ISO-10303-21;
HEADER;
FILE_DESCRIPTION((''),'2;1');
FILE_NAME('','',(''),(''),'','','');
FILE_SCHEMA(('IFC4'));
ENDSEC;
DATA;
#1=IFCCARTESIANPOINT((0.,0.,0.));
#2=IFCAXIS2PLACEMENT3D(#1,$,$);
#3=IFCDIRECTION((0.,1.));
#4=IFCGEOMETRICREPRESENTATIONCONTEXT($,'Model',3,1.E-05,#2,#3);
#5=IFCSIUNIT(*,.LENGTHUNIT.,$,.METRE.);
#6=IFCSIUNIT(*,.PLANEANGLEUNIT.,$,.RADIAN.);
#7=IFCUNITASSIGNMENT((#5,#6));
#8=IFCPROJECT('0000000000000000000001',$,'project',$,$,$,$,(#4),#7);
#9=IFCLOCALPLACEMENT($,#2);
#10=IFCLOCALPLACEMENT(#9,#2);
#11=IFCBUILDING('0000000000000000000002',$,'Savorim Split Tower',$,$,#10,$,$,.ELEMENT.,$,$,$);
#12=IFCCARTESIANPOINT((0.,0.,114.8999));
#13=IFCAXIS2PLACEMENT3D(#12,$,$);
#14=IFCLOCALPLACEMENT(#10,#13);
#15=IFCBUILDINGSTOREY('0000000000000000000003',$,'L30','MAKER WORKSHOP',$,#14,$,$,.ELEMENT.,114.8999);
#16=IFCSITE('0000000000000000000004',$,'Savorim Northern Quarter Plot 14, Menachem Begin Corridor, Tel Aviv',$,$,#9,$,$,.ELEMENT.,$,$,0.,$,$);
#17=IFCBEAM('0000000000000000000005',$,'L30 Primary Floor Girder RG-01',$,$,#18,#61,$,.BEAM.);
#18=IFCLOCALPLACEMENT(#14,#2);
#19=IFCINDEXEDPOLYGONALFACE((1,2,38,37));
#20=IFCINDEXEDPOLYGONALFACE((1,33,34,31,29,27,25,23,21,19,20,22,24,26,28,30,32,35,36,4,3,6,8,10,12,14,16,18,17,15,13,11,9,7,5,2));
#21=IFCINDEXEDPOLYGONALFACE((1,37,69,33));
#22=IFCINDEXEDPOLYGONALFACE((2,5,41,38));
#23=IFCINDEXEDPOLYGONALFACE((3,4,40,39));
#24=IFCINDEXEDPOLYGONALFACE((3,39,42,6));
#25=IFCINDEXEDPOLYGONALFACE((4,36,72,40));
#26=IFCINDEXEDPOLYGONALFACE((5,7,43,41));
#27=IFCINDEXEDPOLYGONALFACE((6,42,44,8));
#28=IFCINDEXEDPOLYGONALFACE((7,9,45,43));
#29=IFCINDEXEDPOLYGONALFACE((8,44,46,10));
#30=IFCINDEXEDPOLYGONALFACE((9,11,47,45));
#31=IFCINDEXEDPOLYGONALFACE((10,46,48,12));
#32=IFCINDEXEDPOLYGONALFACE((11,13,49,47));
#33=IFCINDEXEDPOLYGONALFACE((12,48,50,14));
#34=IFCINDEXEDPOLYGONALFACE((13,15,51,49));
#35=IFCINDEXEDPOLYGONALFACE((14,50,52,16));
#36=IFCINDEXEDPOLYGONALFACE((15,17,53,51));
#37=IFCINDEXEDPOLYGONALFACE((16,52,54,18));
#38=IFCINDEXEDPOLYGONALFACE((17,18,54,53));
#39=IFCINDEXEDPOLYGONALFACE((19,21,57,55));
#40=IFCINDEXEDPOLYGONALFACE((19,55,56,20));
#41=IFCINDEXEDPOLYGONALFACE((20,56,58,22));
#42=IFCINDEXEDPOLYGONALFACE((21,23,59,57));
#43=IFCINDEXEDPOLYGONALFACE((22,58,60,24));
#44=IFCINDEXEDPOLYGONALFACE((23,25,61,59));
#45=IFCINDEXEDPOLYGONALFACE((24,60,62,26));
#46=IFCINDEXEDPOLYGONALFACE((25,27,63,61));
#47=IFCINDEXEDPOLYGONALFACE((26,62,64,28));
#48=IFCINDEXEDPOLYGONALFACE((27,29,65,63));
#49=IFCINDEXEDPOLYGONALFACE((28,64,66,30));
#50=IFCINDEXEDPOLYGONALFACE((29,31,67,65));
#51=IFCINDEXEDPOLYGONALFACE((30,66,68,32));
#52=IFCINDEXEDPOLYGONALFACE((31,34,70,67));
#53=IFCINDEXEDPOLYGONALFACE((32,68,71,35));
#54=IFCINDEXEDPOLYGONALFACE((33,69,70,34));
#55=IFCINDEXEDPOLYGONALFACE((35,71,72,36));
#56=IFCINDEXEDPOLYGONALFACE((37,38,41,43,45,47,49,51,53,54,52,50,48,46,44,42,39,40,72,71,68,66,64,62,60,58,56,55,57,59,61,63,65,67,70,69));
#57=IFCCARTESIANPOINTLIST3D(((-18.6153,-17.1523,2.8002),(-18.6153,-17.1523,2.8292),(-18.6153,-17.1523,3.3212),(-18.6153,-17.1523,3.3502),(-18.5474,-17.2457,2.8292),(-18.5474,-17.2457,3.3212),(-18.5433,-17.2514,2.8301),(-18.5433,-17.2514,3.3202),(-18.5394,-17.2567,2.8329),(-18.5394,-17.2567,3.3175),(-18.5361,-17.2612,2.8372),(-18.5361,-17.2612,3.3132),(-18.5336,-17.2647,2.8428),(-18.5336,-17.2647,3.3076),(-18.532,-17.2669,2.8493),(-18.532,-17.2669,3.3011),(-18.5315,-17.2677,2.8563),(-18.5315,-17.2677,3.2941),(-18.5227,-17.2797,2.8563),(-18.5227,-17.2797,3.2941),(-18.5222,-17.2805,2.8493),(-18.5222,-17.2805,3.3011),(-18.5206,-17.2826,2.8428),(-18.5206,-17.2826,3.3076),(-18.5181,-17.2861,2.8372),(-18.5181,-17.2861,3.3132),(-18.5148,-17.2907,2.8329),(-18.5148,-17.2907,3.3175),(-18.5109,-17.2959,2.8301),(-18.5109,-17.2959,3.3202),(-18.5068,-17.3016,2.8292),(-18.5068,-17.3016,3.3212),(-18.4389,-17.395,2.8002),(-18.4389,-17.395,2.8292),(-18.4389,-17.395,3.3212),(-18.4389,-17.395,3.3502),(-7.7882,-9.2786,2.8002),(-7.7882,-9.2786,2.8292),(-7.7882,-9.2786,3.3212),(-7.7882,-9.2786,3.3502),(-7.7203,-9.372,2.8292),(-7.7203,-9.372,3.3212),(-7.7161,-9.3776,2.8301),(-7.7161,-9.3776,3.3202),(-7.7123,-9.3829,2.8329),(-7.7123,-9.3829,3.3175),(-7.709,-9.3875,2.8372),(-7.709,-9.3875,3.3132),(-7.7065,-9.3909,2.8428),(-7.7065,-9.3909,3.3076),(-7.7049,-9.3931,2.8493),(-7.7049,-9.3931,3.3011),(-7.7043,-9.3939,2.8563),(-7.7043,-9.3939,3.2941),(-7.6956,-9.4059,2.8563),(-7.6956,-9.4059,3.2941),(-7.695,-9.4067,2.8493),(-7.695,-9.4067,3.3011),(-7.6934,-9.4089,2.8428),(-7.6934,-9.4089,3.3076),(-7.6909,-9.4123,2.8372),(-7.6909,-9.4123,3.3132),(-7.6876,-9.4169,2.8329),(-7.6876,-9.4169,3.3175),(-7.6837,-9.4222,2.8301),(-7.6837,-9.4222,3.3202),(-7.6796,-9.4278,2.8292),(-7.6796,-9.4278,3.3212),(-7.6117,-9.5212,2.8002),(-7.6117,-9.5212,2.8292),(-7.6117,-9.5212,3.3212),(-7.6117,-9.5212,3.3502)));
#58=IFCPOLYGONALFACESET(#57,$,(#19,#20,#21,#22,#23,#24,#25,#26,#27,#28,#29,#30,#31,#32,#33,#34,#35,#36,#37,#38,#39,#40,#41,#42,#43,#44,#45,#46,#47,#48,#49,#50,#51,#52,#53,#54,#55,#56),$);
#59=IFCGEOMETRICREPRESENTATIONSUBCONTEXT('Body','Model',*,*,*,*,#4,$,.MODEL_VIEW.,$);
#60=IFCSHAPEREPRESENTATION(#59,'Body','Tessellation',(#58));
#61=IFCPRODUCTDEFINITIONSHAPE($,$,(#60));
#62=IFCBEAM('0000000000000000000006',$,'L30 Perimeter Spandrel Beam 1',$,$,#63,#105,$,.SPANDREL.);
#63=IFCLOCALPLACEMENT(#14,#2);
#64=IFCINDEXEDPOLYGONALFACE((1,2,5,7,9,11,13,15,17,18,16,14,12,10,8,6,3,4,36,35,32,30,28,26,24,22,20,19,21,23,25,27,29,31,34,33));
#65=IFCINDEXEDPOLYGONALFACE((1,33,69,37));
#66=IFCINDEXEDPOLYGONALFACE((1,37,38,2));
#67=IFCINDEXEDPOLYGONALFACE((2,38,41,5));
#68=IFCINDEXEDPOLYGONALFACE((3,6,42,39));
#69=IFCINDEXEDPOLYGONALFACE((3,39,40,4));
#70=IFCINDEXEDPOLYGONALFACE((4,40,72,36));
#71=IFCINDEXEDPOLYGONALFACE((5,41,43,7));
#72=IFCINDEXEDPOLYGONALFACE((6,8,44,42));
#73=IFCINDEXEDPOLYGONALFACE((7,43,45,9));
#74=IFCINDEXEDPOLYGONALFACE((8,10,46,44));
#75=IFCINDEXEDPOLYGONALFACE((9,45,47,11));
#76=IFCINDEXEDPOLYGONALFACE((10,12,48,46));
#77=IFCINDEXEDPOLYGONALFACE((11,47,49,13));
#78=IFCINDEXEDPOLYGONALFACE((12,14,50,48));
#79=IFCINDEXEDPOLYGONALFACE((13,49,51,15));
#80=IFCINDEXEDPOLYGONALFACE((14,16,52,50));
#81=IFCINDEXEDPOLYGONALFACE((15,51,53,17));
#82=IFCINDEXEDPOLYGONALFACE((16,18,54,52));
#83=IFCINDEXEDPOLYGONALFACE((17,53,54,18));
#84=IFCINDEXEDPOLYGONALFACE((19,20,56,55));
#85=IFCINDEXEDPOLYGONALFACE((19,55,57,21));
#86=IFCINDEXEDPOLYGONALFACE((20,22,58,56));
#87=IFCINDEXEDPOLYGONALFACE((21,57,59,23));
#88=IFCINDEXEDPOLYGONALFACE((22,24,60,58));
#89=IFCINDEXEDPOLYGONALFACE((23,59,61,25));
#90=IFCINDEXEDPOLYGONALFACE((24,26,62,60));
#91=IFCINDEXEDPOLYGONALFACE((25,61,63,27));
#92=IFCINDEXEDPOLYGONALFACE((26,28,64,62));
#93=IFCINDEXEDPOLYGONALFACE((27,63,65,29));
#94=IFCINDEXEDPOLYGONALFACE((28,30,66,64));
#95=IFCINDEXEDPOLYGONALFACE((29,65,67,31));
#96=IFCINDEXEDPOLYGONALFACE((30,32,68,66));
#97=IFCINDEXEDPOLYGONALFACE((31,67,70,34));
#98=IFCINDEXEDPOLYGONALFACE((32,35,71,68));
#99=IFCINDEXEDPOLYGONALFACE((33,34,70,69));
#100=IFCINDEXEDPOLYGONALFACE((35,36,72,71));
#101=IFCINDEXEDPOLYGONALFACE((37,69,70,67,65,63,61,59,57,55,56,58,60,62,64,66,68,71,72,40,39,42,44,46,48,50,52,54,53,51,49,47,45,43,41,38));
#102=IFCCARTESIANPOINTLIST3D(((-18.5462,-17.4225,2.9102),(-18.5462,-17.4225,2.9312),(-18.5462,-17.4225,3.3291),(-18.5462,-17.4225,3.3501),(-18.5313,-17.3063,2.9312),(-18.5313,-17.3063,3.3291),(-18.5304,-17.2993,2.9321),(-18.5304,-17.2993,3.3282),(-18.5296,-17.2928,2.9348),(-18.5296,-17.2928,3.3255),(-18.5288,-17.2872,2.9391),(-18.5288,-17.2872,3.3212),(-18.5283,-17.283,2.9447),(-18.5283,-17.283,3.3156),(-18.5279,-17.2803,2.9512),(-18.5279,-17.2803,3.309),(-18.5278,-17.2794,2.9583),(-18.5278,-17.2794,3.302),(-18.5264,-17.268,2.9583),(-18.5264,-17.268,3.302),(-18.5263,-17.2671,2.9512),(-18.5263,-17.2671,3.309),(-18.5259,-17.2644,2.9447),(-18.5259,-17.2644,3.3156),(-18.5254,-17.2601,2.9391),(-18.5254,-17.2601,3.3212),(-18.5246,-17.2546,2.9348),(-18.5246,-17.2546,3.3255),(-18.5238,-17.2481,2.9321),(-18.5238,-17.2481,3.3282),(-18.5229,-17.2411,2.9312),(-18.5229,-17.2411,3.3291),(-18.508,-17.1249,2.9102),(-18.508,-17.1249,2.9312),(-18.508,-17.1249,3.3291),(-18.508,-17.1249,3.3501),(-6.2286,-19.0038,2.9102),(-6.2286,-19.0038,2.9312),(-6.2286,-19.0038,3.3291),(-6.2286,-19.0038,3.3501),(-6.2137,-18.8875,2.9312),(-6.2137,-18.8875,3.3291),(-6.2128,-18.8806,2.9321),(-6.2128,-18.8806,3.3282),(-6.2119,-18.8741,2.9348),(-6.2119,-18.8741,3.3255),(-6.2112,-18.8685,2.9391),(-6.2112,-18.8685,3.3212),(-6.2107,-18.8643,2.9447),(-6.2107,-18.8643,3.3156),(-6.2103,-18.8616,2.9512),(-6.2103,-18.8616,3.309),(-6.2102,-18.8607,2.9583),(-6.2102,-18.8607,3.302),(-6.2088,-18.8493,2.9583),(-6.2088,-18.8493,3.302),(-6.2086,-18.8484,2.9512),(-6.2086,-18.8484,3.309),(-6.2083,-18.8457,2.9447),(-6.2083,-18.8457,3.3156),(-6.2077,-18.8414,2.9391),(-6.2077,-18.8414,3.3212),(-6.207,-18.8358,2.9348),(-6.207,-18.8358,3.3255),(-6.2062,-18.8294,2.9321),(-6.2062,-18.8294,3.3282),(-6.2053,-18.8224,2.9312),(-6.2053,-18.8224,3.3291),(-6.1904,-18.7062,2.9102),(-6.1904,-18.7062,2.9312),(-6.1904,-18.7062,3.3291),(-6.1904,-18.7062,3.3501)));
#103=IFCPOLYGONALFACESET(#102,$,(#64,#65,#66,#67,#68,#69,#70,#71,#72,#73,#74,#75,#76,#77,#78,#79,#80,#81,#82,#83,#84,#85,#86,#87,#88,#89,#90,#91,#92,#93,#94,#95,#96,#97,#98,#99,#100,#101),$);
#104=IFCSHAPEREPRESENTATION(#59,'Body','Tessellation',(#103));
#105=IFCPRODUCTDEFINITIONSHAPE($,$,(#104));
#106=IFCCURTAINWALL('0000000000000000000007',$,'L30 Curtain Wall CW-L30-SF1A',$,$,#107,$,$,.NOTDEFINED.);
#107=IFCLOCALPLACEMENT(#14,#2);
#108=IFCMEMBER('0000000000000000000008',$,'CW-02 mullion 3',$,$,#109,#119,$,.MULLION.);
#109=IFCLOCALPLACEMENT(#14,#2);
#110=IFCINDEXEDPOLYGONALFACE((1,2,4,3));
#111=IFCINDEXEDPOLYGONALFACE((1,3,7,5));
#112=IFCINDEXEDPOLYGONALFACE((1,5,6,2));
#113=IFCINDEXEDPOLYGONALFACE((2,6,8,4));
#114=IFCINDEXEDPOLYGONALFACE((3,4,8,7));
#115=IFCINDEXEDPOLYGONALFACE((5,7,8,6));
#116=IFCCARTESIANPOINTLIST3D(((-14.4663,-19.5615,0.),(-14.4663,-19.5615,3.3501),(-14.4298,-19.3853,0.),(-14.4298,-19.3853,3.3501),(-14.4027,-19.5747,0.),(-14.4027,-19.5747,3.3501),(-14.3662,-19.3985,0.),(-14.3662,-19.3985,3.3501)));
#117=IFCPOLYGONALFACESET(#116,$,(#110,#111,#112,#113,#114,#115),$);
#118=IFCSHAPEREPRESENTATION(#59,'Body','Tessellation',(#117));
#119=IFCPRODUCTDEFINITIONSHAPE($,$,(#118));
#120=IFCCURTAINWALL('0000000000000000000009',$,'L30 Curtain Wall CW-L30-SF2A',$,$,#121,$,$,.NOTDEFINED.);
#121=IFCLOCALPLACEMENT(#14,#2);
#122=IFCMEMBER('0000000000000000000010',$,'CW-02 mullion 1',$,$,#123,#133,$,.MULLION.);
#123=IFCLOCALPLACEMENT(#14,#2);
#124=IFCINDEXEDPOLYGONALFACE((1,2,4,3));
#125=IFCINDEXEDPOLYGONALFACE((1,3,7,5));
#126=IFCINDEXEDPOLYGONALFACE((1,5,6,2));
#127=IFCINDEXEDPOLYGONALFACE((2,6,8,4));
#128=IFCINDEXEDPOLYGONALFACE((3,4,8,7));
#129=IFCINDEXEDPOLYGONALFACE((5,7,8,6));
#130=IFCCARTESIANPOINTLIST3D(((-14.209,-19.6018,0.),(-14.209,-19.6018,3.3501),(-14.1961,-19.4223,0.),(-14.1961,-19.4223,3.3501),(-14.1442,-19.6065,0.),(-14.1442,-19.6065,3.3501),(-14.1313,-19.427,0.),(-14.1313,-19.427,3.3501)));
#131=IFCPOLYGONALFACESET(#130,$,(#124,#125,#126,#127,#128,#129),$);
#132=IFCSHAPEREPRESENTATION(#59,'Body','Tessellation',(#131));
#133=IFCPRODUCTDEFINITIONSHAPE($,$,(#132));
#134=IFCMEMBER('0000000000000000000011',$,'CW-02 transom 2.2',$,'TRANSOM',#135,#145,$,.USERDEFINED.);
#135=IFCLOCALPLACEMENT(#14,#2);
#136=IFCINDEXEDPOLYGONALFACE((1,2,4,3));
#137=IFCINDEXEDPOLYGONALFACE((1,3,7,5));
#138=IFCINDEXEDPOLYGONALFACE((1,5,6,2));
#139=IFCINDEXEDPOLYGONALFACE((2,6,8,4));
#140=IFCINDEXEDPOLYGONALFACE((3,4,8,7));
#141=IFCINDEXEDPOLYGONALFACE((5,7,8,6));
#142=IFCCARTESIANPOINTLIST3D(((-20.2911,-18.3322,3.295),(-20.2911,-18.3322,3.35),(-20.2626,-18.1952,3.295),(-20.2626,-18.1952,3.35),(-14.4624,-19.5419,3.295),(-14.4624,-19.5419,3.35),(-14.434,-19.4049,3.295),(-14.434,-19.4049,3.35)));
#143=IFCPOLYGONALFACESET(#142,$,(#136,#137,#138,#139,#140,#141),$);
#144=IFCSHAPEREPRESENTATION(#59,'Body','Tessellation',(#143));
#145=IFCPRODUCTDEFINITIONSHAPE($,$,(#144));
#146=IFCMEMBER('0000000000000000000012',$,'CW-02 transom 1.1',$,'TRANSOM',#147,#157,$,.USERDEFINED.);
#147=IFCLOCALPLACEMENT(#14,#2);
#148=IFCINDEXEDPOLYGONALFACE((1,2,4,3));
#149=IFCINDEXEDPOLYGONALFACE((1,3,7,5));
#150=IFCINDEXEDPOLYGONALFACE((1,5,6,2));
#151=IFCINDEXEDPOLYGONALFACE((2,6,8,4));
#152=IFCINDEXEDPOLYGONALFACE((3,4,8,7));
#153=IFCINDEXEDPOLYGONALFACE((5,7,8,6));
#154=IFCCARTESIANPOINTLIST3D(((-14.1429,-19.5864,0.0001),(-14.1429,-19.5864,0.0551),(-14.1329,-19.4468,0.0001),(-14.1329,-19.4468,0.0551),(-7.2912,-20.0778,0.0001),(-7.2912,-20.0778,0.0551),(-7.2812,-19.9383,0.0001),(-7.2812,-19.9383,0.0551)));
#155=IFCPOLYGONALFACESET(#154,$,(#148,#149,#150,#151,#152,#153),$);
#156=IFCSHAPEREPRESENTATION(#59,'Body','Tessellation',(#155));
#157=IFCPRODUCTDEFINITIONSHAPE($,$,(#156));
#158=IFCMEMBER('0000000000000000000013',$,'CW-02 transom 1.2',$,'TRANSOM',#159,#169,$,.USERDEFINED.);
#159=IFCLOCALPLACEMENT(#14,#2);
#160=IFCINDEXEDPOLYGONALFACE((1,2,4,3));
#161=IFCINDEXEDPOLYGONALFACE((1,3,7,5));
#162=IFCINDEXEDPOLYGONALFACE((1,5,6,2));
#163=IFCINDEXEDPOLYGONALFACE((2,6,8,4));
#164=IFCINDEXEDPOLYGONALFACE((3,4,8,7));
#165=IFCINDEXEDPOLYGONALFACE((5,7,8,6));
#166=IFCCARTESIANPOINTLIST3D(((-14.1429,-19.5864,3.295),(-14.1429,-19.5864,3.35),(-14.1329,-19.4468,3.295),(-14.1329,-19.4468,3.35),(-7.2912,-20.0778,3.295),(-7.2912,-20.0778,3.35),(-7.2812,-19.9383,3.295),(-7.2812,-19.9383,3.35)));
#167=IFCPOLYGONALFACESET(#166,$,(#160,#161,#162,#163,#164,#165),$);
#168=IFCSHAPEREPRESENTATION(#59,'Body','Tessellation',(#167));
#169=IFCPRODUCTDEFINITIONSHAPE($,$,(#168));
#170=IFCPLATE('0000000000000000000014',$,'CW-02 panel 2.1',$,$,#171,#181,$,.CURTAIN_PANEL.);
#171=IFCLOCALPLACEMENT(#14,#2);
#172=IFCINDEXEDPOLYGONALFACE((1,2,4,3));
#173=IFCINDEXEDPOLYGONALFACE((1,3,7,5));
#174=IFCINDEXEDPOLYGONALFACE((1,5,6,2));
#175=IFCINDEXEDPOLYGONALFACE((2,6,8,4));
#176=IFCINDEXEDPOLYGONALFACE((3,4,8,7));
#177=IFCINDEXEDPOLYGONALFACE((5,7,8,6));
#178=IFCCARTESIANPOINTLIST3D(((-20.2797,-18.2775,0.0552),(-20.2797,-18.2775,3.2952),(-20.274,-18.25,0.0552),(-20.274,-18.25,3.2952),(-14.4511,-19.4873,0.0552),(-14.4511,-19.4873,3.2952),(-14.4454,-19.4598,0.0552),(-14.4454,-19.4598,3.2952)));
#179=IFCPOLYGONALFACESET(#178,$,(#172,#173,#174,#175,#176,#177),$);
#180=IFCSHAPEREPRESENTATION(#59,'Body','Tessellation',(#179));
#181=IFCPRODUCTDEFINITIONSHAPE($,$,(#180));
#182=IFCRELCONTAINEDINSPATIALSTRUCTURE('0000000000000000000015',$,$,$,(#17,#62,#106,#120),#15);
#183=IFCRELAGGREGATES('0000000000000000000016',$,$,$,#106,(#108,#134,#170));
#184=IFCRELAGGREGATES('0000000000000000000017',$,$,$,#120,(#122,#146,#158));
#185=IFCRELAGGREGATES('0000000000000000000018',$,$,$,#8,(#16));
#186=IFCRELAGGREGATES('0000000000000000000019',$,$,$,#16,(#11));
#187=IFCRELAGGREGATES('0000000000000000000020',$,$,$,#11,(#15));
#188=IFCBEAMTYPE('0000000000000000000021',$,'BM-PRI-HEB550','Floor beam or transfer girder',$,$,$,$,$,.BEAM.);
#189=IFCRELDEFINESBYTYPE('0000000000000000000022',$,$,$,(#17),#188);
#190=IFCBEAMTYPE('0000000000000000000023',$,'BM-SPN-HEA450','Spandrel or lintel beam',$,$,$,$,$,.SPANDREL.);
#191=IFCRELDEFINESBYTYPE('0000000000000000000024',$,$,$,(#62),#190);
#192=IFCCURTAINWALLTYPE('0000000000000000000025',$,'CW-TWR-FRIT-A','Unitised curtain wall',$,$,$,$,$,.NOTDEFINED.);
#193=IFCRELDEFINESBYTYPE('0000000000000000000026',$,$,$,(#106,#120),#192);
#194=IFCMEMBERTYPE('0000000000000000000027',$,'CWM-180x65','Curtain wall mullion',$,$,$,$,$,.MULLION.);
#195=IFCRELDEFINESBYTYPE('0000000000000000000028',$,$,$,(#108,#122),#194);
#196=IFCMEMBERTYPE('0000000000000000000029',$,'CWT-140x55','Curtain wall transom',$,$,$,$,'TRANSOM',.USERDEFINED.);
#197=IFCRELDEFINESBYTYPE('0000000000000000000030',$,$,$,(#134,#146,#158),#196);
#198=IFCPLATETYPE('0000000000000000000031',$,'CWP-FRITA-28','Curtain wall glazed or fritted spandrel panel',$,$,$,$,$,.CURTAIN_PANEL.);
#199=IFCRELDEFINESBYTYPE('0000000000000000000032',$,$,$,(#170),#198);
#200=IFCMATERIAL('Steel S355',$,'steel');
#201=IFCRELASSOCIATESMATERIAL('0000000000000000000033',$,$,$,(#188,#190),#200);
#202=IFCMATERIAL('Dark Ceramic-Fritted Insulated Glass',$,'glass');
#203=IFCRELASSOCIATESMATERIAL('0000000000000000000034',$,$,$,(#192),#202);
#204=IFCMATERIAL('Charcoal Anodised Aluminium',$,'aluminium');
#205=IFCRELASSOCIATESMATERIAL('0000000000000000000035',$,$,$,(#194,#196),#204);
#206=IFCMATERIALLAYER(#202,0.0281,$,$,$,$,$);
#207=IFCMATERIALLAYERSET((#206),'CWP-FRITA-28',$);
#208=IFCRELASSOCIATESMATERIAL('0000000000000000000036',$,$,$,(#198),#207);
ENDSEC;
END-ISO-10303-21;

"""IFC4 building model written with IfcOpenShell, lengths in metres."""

from ifc_helpers import new_model, si_unit, direction, frame, origin, origin_2d, place, context, subcontext, project, spatial, rectangle, i_section, extrude, material, layer, layer_set, material_profile, profile_set, type_object, element, aggregate, save


model = new_model("IFC4")

# Units and contexts
model_context = context("Model", 3, precision=1e-05, world=origin(), true_north=direction((0.0, 1.0)))
body_context = subcontext(model_context, "Body", "Model", "MODEL_VIEW")
ifc_project = project(units=[si_unit("LENGTHUNIT", "METRE"), si_unit("PLANEANGLEUNIT", "RADIAN")], contexts=[model_context])

# Site, building, storey
site_placement = place(None, origin())
site = spatial("IfcSite", under=ifc_project, at=site_placement, Name="Savorim Northern Quarter Plot 14, Menachem Begin Corridor, Tel Aviv", CompositionType="ELEMENT", RefElevation=0.0)
building_placement = place(site_placement, origin())
building = spatial("IfcBuilding", under=site, at=building_placement, Name="Savorim Split Tower", CompositionType="ELEMENT")
storey_placement = place(building_placement, frame((0.0, 0.0, 114.8999)))
storey = spatial("IfcBuildingStorey", under=building, at=storey_placement, Name="L30", Description="MAKER WORKSHOP", CompositionType="ELEMENT", Elevation=114.8999)

# Beams
ifc_material_1 = material(Name="Steel S355", Category="steel")
ifc_material_profile_1 = material_profile(ifc_material_1, i_section(OverallWidth=0.3, OverallDepth=0.55, WebThickness=0.0149, FlangeThickness=0.0291, FilletRadius=0.0271, at=origin_2d()), Name="HEB 550")
ifc_profile_set_1 = profile_set([ifc_material_profile_1], Name="Steel S355")
beam_type_1 = type_object("IfcBeamType", Name="BM-PRI-HEB550", Description="Floor beam or transfer girder", PredefinedType="BEAM", material=ifc_profile_set_1)
beam_1_placement = place(storey_placement, frame((-18.5271, -17.2737, 3.0752), z_axis=(0.808754, 0.588147, 0.0), x_axis=(-0.588147, 0.808754, 0.0)))
element("IfcBeam", 1, at=beam_1_placement, inside=storey, type_object=beam_type_1, Name="L30 Primary Floor Girder RG-01", PredefinedType="BEAM", context=body_context, shape_type="SweptSolid", body=[
    extrude(i_section(OverallWidth=0.3, OverallDepth=0.55, WebThickness=0.0149, FlangeThickness=0.0291, FilletRadius=0.0271, at=origin_2d()), origin(), (0.0, 0.0, 1.0), 13.3875),
])
ifc_material_profile_2 = material_profile(ifc_material_1, i_section(OverallWidth=0.3, OverallDepth=0.4399, WebThickness=0.0115, FlangeThickness=0.021, FilletRadius=0.0271, at=origin_2d()), Name="HEA 450")
ifc_profile_set_2 = profile_set([ifc_material_profile_2], Name="Steel S355")
beam_type_2 = type_object("IfcBeamType", Name="BM-SPN-HEA450", Description="Spandrel or lintel beam", PredefinedType="SPANDREL", material=ifc_profile_set_2)
beam_2_placement = place(storey_placement, frame((-18.5271, -17.2737, 3.1301), z_axis=(0.99186, -0.127332, 0.0), x_axis=(0.127332, 0.99186, 0.0)))
element("IfcBeam", 2, at=beam_2_placement, inside=storey, type_object=beam_type_2, Name="L30 Perimeter Spandrel Beam 1", PredefinedType="SPANDREL", context=body_context, shape_type="SweptSolid", body=[
    extrude(i_section(OverallWidth=0.3, OverallDepth=0.4399, WebThickness=0.0115, FlangeThickness=0.021, FilletRadius=0.0271, at=origin_2d()), origin(), (0.0, 0.0, 1.0), 12.4187),
])

# Curtain walls, members
ifc_material_2 = material(Name="Dark Ceramic-Fritted Insulated Glass", Category="glass")
curtain_wall_type = type_object("IfcCurtainWallType", Name="CW-TWR-FRIT-A", Description="Unitised curtain wall", PredefinedType="NOTDEFINED", material=ifc_material_2)
curtain_wall_1_placement = place(storey_placement, origin())
curtain_wall_1 = element("IfcCurtainWall", 3, at=curtain_wall_1_placement, inside=storey, type_object=curtain_wall_type, Name="L30 Curtain Wall CW-L30-SF1A", PredefinedType="NOTDEFINED")
ifc_material_3 = material(Name="Charcoal Anodised Aluminium", Category="aluminium")
ifc_material_profile_3 = material_profile(ifc_material_3, rectangle(XDim=0.1799, YDim=0.0649, at=origin_2d()), Name="ALU-M 180x65")
ifc_profile_set_3 = profile_set([ifc_material_profile_3], Name="Charcoal Anodised Aluminium")
member_type_1 = type_object("IfcMemberType", Name="CWM-180x65", Description="Curtain wall mullion", PredefinedType="MULLION", material=ifc_profile_set_3)
member_1_placement = place(storey_placement, frame((-14.4163, -19.48, 0.0), z_axis=(0.0, 0.0, 1.0), x_axis=(0.203216, 0.979134, 0.0)))
member_1 = element("IfcMember", 4, at=member_1_placement, type_object=member_type_1, Name="CW-02 mullion 3", PredefinedType="MULLION", context=body_context, shape_type="SweptSolid", body=[
    extrude(rectangle(XDim=0.1799, YDim=0.0649, at=origin_2d()), origin(), (0.0, 0.0, 1.0), 3.3501),
])
curtain_wall_2_placement = place(storey_placement, origin())
curtain_wall_2 = element("IfcCurtainWall", 5, at=curtain_wall_2_placement, inside=storey, type_object=curtain_wall_type, Name="L30 Curtain Wall CW-L30-SF2A", PredefinedType="NOTDEFINED")
member_2_placement = place(storey_placement, frame((-14.1702, -19.5144, 0.0), z_axis=(0.0, 0.0, 1.0), x_axis=(0.071549, 0.997437, 0.0)))
member_2 = element("IfcMember", 6, at=member_2_placement, type_object=member_type_1, Name="CW-02 mullion 1", PredefinedType="MULLION", context=body_context, shape_type="SweptSolid", body=[
    extrude(rectangle(XDim=0.1799, YDim=0.0649, at=origin_2d()), origin(), (0.0, 0.0, 1.0), 3.3501),
])

# Members
ifc_material_profile_4 = material_profile(ifc_material_3, rectangle(XDim=0.1399, YDim=0.0549, at=origin_2d()), Name="ALU-T 140x55")
ifc_profile_set_4 = profile_set([ifc_material_profile_4], Name="Charcoal Anodised Aluminium")
member_type_2 = type_object("IfcMemberType", Name="CWT-140x55", Description="Curtain wall transom", ElementType="TRANSOM", PredefinedType="USERDEFINED", material=ifc_profile_set_4)
member_3_placement = place(storey_placement, frame((-20.2769, -18.2637, 3.3225), z_axis=(0.979134, -0.203217, 0.0), x_axis=(0.203217, 0.979134, 0.0)))
member_3 = element("IfcMember", 7, at=member_3_placement, type_object=member_type_2, Name="CW-02 transom 2.2", ObjectType="TRANSOM", PredefinedType="USERDEFINED", context=body_context, shape_type="SweptSolid", body=[
    extrude(rectangle(XDim=0.1399, YDim=0.0549, at=origin_2d()), origin(), (0.0, 0.0, 1.0), 5.9529),
])
member_4_placement = place(storey_placement, frame((-14.1379, -19.5166, 0.0276), z_axis=(0.997438, -0.071543, 0.0), x_axis=(0.071543, 0.997438, 0.0)))
member_4 = element("IfcMember", 8, at=member_4_placement, type_object=member_type_2, Name="CW-02 transom 1.1", ObjectType="TRANSOM", PredefinedType="USERDEFINED", context=body_context, shape_type="SweptSolid", body=[
    extrude(rectangle(XDim=0.1399, YDim=0.0549, at=origin_2d()), origin(), (0.0, 0.0, 1.0), 6.8694),
])
member_5_placement = place(storey_placement, frame((-14.1379, -19.5166, 3.3225), z_axis=(0.997438, -0.071543, 0.0), x_axis=(0.071543, 0.997438, 0.0)))
member_5 = element("IfcMember", 9, at=member_5_placement, type_object=member_type_2, Name="CW-02 transom 1.2", ObjectType="TRANSOM", PredefinedType="USERDEFINED", context=body_context, shape_type="SweptSolid", body=[
    extrude(rectangle(XDim=0.1399, YDim=0.0549, at=origin_2d()), origin(), (0.0, 0.0, 1.0), 6.8694),
])

# Plate
ifc_layer_1 = layer(ifc_material_2, 0.0281)
ifc_layer_set_1 = layer_set([ifc_layer_1], Name="CWP-FRITA-28")
plate_type = type_object("IfcPlateType", Name="CWP-FRITA-28", Description="Curtain wall glazed or fritted spandrel panel", PredefinedType="CURTAIN_PANEL", material=ifc_layer_set_1)
plate_1_placement = place(storey_placement, frame((-17.3625, -18.8687, 0.0552), z_axis=(0.0, 0.0, 1.0), x_axis=(0.979134, -0.203216, 0.0)))
plate_1 = element("IfcPlate", 10, at=plate_1_placement, type_object=plate_type, Name="CW-02 panel 2.1", PredefinedType="CURTAIN_PANEL", context=body_context, shape_type="SweptSolid", body=[
    extrude(rectangle(XDim=5.9529, YDim=0.0281, at=origin_2d()), origin(), (0.0, 0.0, 1.0), 3.24),
])
aggregate(curtain_wall_1, [member_1, member_3, plate_1])
aggregate(curtain_wall_2, [member_2, member_4, member_5])

save(model, "model.ifc")
